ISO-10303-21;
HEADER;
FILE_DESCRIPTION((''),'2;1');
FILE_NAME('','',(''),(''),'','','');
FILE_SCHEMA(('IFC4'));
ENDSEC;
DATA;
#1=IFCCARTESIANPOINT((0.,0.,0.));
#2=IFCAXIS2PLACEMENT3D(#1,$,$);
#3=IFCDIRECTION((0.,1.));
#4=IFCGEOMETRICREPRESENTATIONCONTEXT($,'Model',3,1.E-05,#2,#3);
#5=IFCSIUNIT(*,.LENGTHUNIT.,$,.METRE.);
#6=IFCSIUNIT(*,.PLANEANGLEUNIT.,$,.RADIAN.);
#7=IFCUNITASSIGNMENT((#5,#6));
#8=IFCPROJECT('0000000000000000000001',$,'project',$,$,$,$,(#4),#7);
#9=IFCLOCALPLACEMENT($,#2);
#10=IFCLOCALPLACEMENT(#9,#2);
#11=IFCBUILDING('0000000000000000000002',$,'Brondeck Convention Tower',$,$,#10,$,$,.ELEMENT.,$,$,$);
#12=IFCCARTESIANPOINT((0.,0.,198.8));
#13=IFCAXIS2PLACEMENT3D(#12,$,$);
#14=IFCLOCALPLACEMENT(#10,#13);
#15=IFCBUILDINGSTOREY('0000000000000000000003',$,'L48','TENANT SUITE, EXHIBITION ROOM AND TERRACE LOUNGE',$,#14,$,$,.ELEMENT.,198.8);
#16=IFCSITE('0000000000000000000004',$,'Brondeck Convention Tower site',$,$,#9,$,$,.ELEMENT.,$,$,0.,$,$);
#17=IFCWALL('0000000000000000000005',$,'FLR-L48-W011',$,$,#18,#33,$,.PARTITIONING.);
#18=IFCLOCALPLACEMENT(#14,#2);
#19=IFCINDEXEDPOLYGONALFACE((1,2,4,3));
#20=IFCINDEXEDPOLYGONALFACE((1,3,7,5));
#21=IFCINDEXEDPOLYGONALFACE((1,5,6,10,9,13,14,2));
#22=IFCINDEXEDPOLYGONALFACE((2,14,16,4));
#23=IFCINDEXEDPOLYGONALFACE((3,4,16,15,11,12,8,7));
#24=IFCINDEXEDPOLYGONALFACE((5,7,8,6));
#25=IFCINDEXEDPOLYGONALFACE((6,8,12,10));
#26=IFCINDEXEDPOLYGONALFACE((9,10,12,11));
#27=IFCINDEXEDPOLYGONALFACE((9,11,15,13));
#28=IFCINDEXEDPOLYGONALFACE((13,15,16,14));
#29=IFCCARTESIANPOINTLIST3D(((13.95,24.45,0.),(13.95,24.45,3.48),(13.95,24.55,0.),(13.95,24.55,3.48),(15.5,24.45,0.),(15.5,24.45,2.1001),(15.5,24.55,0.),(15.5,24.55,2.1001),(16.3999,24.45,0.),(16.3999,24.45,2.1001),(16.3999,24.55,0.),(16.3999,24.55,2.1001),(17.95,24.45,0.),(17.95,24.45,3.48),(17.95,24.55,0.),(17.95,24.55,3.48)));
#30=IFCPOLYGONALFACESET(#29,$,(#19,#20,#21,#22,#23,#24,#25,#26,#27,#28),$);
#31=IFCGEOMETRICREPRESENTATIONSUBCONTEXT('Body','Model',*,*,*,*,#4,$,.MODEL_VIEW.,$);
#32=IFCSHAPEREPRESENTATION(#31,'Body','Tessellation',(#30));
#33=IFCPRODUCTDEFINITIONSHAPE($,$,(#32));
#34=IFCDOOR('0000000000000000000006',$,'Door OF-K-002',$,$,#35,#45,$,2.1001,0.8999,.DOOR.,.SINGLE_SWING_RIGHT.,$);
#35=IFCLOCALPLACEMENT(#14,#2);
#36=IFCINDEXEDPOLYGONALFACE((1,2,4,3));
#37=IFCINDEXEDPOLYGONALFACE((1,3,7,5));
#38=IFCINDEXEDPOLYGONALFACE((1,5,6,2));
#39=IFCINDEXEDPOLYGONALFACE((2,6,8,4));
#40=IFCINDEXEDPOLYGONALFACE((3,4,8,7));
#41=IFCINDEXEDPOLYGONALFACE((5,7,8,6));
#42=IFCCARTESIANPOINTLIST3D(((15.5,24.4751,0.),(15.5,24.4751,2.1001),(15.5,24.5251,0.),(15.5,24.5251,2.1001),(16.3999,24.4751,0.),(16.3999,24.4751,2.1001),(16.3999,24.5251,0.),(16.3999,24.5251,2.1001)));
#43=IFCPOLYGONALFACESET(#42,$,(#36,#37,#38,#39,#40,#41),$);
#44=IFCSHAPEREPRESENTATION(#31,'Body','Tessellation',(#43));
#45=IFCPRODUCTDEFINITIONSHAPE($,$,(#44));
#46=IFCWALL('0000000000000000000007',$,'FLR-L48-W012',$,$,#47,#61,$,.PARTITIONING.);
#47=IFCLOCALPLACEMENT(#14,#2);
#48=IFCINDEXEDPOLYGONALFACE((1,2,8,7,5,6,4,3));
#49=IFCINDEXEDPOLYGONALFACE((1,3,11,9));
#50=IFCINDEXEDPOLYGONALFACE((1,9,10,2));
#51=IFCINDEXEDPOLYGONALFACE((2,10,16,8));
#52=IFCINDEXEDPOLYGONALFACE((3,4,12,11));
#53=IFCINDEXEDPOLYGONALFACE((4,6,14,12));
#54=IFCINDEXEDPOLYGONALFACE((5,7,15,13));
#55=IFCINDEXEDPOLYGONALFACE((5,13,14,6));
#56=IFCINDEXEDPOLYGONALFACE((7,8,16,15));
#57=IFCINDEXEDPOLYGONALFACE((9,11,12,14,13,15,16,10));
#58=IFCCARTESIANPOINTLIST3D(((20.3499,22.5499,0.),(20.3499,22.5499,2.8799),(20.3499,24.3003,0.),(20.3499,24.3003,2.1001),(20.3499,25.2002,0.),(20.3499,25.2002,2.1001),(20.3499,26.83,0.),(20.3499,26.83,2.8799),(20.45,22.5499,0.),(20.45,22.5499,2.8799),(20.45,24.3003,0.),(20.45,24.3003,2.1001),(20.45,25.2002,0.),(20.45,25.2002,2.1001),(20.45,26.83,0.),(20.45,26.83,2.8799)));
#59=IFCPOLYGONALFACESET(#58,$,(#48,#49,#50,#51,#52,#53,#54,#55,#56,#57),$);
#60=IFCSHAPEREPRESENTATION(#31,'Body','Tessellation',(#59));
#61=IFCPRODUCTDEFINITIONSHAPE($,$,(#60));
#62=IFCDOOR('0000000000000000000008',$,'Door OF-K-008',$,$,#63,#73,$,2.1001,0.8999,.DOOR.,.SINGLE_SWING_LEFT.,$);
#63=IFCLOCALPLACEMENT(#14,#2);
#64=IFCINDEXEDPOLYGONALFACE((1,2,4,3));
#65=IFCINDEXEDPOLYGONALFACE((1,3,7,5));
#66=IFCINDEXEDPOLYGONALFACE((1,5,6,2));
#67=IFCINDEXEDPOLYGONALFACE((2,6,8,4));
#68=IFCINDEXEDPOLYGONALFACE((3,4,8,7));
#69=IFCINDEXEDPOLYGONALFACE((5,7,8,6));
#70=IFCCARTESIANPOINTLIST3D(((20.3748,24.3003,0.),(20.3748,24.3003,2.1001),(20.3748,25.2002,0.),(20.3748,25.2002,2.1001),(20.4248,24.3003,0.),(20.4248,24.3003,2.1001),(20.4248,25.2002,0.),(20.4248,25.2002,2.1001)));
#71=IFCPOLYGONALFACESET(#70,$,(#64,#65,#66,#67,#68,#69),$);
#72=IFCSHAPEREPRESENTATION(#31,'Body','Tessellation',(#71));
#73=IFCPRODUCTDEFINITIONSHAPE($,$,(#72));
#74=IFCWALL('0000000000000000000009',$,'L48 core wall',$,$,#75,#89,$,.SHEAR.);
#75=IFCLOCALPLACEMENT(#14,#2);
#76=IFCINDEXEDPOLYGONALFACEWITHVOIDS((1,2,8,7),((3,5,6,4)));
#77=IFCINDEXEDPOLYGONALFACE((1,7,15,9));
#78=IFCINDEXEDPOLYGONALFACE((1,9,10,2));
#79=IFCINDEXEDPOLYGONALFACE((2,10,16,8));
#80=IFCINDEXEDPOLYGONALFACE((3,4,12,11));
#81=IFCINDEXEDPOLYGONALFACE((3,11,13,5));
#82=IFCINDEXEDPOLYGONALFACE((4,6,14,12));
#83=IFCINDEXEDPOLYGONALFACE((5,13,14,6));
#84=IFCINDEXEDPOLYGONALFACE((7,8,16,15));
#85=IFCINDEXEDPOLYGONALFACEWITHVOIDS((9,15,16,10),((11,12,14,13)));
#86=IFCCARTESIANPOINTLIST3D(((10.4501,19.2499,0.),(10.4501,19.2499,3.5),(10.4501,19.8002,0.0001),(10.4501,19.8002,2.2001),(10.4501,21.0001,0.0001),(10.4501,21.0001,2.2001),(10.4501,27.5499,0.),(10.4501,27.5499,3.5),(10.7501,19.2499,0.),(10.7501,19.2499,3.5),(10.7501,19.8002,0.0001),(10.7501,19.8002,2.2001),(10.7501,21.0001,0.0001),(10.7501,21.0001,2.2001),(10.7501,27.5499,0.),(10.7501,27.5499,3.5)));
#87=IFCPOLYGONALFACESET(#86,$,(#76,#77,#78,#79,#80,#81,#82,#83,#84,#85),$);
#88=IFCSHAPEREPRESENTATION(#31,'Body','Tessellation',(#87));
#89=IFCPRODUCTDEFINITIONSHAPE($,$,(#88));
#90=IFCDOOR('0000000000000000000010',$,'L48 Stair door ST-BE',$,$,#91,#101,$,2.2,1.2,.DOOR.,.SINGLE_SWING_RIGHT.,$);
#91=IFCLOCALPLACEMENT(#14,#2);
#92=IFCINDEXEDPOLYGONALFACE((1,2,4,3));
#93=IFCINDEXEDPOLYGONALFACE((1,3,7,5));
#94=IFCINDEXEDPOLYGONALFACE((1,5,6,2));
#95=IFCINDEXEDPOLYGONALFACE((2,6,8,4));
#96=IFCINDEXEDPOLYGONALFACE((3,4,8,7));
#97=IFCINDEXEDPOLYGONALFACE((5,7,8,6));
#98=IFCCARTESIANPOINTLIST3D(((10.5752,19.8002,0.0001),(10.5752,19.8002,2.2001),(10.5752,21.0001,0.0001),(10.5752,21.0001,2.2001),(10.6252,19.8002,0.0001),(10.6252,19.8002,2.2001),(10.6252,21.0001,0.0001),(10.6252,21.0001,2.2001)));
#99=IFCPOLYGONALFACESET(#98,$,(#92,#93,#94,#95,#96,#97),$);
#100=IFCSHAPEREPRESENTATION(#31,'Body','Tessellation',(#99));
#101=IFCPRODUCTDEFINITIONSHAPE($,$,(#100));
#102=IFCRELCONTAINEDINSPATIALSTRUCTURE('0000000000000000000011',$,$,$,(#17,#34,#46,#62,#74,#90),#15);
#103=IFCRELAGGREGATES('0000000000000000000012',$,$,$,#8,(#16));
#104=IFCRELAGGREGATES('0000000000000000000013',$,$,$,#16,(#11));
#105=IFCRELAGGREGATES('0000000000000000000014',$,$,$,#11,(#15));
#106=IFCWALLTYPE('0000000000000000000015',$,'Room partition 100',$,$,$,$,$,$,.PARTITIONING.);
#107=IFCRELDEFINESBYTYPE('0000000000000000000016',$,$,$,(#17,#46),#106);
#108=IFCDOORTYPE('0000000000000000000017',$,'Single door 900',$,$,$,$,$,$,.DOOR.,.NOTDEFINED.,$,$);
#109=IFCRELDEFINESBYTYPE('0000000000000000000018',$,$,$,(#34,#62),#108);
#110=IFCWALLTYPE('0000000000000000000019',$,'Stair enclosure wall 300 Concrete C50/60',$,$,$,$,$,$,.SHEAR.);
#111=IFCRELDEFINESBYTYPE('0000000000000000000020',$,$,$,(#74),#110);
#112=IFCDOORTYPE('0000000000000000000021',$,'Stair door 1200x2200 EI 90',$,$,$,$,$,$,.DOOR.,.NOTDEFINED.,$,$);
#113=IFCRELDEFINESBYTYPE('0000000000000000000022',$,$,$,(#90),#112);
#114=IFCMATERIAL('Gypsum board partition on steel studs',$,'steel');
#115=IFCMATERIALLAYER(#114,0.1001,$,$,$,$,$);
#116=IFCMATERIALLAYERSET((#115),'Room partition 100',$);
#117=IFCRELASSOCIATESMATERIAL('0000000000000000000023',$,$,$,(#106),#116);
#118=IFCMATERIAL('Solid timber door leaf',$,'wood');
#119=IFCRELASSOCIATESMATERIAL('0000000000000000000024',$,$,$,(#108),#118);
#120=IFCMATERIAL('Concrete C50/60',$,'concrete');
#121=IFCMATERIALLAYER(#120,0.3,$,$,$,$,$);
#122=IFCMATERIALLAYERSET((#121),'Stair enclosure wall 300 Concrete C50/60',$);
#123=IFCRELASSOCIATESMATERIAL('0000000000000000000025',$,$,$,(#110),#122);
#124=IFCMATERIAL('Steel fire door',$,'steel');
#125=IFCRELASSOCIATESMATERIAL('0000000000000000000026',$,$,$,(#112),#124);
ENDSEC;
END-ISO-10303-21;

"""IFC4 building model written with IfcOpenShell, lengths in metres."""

from ifc_helpers import new_model, si_unit, direction, frame, frame_2d, origin, place, context, subcontext, project, spatial, rectangle, extrude, material, layer, layer_set, type_object, element, fill, save


model = new_model("IFC4")

# Units and contexts
model_context = context("Model", 3, precision=1e-05, world=origin(), true_north=direction((0.0, 1.0)))
body_context = subcontext(model_context, "Body", "Model", "MODEL_VIEW")
ifc_project = project(units=[si_unit("LENGTHUNIT", "METRE"), si_unit("PLANEANGLEUNIT", "RADIAN")], contexts=[model_context])

# Site, building, storey
site_placement = place(None, origin())
site = spatial("IfcSite", under=ifc_project, at=site_placement, Name="Brondeck Convention Tower site", CompositionType="ELEMENT", RefElevation=0.0)
building_placement = place(site_placement, origin())
building = spatial("IfcBuilding", under=site, at=building_placement, Name="Brondeck Convention Tower", CompositionType="ELEMENT")
storey_placement = place(building_placement, frame((0.0, 0.0, 198.8)))
storey = spatial("IfcBuildingStorey", under=building, at=storey_placement, Name="L48", Description="TENANT SUITE, EXHIBITION ROOM AND TERRACE LOUNGE", CompositionType="ELEMENT", Elevation=198.8)

# Shared definitions
ifc_material_1 = material(Name="Concrete C50/60", Category="concrete")

# Shared definitions
ifc_material_2 = material(Name="Gypsum board partition on steel studs", Category="steel")
ifc_layer_1 = layer(ifc_material_2, 0.1001)
ifc_layer_set_1 = layer_set([ifc_layer_1], Name="Room partition 100")
wall_type_1 = type_object("IfcWallType", Name="Room partition 100", PredefinedType="PARTITIONING", material=ifc_layer_set_1)

# Walls, openings, doors
wall_1_placement = place(storey_placement, frame((17.95, 24.5, 0.0), z_axis=(0.0, 0.0, 1.0), x_axis=(-1.0, 0.0, 0.0)))
wall_1 = element("IfcWall", 1, at=wall_1_placement, inside=storey, type_object=wall_type_1, Name="FLR-L48-W011", PredefinedType="PARTITIONING", context=body_context, shape_type="SweptSolid", body=[
    extrude(rectangle(XDim=4.0, YDim=0.1001, at=frame_2d((2.0, 0.0))), origin(), (0.0, 0.0, 1.0), 3.48),
])
opening_1_placement = place(wall_1_placement, frame((1.55, 0.0, 0.0)))
opening_1 = element("IfcOpeningElement", 2, at=opening_1_placement, cuts=wall_1, PredefinedType="OPENING", context=body_context, shape_type="SweptSolid", body=[
    extrude(rectangle(XDim=0.8999, YDim=2.1001, at=frame_2d((0.45, 1.05))), frame((0.0, 0.0601, 0.0), z_axis=(0.0, -1.0, 0.0), x_axis=(1.0, 0.0, 0.0)), (0.0, 0.0, 1.0), 0.1201),
])
ifc_material_3 = material(Name="Solid timber door leaf", Category="wood")
door_type_1 = type_object("IfcDoorType", Name="Single door 900", OperationType="NOTDEFINED", PredefinedType="DOOR", material=ifc_material_3)
door_1_placement = place(opening_1_placement, origin())
door_1 = element("IfcDoor", 3, at=door_1_placement, inside=storey, type_object=door_type_1, Name="Door OF-K-002", OperationType="SINGLE_SWING_RIGHT", OverallHeight=2.1001, OverallWidth=0.8999, PredefinedType="DOOR", context=body_context, shape_type="SweptSolid", body=[
    extrude(rectangle(XDim=0.8999, YDim=2.1001, at=frame_2d((0.45, 1.05))), frame((0.0, 0.0249, 0.0), z_axis=(0.0, -1.0, 0.0), x_axis=(1.0, 0.0, 0.0)), (0.0, 0.0, 1.0), 0.05),
])
fill(opening_1, door_1)
wall_2_placement = place(storey_placement, frame((20.3999, 26.8301, 0.0), z_axis=(0.0, 0.0, 1.0), x_axis=(0.0, -1.0, 0.0)))
wall_2 = element("IfcWall", 4, at=wall_2_placement, inside=storey, type_object=wall_type_1, Name="FLR-L48-W012", PredefinedType="PARTITIONING", context=body_context, shape_type="SweptSolid", body=[
    extrude(rectangle(XDim=4.28, YDim=0.1001, at=frame_2d((2.1401, 0.0))), origin(), (0.0, 0.0, 1.0), 2.8799),
])
opening_2_placement = place(wall_2_placement, frame((1.6299, 0.0, 0.0)))
opening_2 = element("IfcOpeningElement", 5, at=opening_2_placement, cuts=wall_2, PredefinedType="OPENING", context=body_context, shape_type="SweptSolid", body=[
    extrude(rectangle(XDim=0.8999, YDim=2.1001, at=frame_2d((0.45, 1.05))), frame((0.0, 0.0601, 0.0), z_axis=(0.0, -1.0, 0.0), x_axis=(1.0, 0.0, 0.0)), (0.0, 0.0, 1.0), 0.1201),
])
door_2_placement = place(opening_2_placement, origin())
door_2 = element("IfcDoor", 6, at=door_2_placement, inside=storey, type_object=door_type_1, Name="Door OF-K-008", OperationType="SINGLE_SWING_LEFT", OverallHeight=2.1001, OverallWidth=0.8999, PredefinedType="DOOR", context=body_context, shape_type="SweptSolid", body=[
    extrude(rectangle(XDim=0.8999, YDim=2.1001, at=frame_2d((0.45, 1.05))), frame((0.0, 0.0249, 0.0), z_axis=(0.0, -1.0, 0.0), x_axis=(1.0, 0.0, 0.0)), (0.0, 0.0, 1.0), 0.05),
])
fill(opening_2, door_2)
ifc_layer_2 = layer(ifc_material_1, 0.3)
ifc_layer_set_2 = layer_set([ifc_layer_2], Name="Stair enclosure wall 300 Concrete C50/60")
wall_type_2 = type_object("IfcWallType", Name="Stair enclosure wall 300 Concrete C50/60", PredefinedType="SHEAR", material=ifc_layer_set_2)
wall_3_placement = place(storey_placement, frame((10.6001, 19.25, 0.0), z_axis=(0.0, 0.0, 1.0), x_axis=(0.0, 1.0, 0.0)))
wall_3 = element("IfcWall", 7, at=wall_3_placement, inside=storey, type_object=wall_type_2, Name="L48 core wall", PredefinedType="SHEAR", context=body_context, shape_type="SweptSolid", body=[
    extrude(rectangle(XDim=8.3, YDim=0.3, at=frame_2d((4.1499, 0.0))), origin(), (0.0, 0.0, 1.0), 3.5),
])
opening_3_placement = place(wall_3_placement, frame((0.55, 0.0, 0.0)))
opening_3 = element("IfcOpeningElement", 8, at=opening_3_placement, cuts=wall_3, PredefinedType="OPENING", context=body_context, shape_type="SweptSolid", body=[
    extrude(rectangle(XDim=1.2, YDim=2.2, at=frame_2d((0.6001, 1.1001))), frame((0.0, 0.1599, 0.0), z_axis=(0.0, -1.0, 0.0), x_axis=(1.0, 0.0, 0.0)), (0.0, 0.0, 1.0), 0.3201),
])
ifc_material_4 = material(Name="Steel fire door", Category="steel")
door_type_2 = type_object("IfcDoorType", Name="Stair door 1200x2200 EI 90", OperationType="NOTDEFINED", PredefinedType="DOOR", material=ifc_material_4)
door_3_placement = place(opening_3_placement, origin())
door_3 = element("IfcDoor", 9, at=door_3_placement, inside=storey, type_object=door_type_2, Name="L48 Stair door ST-BE", OperationType="SINGLE_SWING_RIGHT", OverallHeight=2.2, OverallWidth=1.2, PredefinedType="DOOR", context=body_context, shape_type="SweptSolid", body=[
    extrude(rectangle(XDim=1.2, YDim=2.2, at=frame_2d((0.6001, 1.1001))), frame((0.0, 0.0249, 0.0), z_axis=(0.0, -1.0, 0.0), x_axis=(1.0, 0.0, 0.0)), (0.0, 0.0, 1.0), 0.05),
])
fill(opening_3, door_3)

save(model, "model.ifc")
